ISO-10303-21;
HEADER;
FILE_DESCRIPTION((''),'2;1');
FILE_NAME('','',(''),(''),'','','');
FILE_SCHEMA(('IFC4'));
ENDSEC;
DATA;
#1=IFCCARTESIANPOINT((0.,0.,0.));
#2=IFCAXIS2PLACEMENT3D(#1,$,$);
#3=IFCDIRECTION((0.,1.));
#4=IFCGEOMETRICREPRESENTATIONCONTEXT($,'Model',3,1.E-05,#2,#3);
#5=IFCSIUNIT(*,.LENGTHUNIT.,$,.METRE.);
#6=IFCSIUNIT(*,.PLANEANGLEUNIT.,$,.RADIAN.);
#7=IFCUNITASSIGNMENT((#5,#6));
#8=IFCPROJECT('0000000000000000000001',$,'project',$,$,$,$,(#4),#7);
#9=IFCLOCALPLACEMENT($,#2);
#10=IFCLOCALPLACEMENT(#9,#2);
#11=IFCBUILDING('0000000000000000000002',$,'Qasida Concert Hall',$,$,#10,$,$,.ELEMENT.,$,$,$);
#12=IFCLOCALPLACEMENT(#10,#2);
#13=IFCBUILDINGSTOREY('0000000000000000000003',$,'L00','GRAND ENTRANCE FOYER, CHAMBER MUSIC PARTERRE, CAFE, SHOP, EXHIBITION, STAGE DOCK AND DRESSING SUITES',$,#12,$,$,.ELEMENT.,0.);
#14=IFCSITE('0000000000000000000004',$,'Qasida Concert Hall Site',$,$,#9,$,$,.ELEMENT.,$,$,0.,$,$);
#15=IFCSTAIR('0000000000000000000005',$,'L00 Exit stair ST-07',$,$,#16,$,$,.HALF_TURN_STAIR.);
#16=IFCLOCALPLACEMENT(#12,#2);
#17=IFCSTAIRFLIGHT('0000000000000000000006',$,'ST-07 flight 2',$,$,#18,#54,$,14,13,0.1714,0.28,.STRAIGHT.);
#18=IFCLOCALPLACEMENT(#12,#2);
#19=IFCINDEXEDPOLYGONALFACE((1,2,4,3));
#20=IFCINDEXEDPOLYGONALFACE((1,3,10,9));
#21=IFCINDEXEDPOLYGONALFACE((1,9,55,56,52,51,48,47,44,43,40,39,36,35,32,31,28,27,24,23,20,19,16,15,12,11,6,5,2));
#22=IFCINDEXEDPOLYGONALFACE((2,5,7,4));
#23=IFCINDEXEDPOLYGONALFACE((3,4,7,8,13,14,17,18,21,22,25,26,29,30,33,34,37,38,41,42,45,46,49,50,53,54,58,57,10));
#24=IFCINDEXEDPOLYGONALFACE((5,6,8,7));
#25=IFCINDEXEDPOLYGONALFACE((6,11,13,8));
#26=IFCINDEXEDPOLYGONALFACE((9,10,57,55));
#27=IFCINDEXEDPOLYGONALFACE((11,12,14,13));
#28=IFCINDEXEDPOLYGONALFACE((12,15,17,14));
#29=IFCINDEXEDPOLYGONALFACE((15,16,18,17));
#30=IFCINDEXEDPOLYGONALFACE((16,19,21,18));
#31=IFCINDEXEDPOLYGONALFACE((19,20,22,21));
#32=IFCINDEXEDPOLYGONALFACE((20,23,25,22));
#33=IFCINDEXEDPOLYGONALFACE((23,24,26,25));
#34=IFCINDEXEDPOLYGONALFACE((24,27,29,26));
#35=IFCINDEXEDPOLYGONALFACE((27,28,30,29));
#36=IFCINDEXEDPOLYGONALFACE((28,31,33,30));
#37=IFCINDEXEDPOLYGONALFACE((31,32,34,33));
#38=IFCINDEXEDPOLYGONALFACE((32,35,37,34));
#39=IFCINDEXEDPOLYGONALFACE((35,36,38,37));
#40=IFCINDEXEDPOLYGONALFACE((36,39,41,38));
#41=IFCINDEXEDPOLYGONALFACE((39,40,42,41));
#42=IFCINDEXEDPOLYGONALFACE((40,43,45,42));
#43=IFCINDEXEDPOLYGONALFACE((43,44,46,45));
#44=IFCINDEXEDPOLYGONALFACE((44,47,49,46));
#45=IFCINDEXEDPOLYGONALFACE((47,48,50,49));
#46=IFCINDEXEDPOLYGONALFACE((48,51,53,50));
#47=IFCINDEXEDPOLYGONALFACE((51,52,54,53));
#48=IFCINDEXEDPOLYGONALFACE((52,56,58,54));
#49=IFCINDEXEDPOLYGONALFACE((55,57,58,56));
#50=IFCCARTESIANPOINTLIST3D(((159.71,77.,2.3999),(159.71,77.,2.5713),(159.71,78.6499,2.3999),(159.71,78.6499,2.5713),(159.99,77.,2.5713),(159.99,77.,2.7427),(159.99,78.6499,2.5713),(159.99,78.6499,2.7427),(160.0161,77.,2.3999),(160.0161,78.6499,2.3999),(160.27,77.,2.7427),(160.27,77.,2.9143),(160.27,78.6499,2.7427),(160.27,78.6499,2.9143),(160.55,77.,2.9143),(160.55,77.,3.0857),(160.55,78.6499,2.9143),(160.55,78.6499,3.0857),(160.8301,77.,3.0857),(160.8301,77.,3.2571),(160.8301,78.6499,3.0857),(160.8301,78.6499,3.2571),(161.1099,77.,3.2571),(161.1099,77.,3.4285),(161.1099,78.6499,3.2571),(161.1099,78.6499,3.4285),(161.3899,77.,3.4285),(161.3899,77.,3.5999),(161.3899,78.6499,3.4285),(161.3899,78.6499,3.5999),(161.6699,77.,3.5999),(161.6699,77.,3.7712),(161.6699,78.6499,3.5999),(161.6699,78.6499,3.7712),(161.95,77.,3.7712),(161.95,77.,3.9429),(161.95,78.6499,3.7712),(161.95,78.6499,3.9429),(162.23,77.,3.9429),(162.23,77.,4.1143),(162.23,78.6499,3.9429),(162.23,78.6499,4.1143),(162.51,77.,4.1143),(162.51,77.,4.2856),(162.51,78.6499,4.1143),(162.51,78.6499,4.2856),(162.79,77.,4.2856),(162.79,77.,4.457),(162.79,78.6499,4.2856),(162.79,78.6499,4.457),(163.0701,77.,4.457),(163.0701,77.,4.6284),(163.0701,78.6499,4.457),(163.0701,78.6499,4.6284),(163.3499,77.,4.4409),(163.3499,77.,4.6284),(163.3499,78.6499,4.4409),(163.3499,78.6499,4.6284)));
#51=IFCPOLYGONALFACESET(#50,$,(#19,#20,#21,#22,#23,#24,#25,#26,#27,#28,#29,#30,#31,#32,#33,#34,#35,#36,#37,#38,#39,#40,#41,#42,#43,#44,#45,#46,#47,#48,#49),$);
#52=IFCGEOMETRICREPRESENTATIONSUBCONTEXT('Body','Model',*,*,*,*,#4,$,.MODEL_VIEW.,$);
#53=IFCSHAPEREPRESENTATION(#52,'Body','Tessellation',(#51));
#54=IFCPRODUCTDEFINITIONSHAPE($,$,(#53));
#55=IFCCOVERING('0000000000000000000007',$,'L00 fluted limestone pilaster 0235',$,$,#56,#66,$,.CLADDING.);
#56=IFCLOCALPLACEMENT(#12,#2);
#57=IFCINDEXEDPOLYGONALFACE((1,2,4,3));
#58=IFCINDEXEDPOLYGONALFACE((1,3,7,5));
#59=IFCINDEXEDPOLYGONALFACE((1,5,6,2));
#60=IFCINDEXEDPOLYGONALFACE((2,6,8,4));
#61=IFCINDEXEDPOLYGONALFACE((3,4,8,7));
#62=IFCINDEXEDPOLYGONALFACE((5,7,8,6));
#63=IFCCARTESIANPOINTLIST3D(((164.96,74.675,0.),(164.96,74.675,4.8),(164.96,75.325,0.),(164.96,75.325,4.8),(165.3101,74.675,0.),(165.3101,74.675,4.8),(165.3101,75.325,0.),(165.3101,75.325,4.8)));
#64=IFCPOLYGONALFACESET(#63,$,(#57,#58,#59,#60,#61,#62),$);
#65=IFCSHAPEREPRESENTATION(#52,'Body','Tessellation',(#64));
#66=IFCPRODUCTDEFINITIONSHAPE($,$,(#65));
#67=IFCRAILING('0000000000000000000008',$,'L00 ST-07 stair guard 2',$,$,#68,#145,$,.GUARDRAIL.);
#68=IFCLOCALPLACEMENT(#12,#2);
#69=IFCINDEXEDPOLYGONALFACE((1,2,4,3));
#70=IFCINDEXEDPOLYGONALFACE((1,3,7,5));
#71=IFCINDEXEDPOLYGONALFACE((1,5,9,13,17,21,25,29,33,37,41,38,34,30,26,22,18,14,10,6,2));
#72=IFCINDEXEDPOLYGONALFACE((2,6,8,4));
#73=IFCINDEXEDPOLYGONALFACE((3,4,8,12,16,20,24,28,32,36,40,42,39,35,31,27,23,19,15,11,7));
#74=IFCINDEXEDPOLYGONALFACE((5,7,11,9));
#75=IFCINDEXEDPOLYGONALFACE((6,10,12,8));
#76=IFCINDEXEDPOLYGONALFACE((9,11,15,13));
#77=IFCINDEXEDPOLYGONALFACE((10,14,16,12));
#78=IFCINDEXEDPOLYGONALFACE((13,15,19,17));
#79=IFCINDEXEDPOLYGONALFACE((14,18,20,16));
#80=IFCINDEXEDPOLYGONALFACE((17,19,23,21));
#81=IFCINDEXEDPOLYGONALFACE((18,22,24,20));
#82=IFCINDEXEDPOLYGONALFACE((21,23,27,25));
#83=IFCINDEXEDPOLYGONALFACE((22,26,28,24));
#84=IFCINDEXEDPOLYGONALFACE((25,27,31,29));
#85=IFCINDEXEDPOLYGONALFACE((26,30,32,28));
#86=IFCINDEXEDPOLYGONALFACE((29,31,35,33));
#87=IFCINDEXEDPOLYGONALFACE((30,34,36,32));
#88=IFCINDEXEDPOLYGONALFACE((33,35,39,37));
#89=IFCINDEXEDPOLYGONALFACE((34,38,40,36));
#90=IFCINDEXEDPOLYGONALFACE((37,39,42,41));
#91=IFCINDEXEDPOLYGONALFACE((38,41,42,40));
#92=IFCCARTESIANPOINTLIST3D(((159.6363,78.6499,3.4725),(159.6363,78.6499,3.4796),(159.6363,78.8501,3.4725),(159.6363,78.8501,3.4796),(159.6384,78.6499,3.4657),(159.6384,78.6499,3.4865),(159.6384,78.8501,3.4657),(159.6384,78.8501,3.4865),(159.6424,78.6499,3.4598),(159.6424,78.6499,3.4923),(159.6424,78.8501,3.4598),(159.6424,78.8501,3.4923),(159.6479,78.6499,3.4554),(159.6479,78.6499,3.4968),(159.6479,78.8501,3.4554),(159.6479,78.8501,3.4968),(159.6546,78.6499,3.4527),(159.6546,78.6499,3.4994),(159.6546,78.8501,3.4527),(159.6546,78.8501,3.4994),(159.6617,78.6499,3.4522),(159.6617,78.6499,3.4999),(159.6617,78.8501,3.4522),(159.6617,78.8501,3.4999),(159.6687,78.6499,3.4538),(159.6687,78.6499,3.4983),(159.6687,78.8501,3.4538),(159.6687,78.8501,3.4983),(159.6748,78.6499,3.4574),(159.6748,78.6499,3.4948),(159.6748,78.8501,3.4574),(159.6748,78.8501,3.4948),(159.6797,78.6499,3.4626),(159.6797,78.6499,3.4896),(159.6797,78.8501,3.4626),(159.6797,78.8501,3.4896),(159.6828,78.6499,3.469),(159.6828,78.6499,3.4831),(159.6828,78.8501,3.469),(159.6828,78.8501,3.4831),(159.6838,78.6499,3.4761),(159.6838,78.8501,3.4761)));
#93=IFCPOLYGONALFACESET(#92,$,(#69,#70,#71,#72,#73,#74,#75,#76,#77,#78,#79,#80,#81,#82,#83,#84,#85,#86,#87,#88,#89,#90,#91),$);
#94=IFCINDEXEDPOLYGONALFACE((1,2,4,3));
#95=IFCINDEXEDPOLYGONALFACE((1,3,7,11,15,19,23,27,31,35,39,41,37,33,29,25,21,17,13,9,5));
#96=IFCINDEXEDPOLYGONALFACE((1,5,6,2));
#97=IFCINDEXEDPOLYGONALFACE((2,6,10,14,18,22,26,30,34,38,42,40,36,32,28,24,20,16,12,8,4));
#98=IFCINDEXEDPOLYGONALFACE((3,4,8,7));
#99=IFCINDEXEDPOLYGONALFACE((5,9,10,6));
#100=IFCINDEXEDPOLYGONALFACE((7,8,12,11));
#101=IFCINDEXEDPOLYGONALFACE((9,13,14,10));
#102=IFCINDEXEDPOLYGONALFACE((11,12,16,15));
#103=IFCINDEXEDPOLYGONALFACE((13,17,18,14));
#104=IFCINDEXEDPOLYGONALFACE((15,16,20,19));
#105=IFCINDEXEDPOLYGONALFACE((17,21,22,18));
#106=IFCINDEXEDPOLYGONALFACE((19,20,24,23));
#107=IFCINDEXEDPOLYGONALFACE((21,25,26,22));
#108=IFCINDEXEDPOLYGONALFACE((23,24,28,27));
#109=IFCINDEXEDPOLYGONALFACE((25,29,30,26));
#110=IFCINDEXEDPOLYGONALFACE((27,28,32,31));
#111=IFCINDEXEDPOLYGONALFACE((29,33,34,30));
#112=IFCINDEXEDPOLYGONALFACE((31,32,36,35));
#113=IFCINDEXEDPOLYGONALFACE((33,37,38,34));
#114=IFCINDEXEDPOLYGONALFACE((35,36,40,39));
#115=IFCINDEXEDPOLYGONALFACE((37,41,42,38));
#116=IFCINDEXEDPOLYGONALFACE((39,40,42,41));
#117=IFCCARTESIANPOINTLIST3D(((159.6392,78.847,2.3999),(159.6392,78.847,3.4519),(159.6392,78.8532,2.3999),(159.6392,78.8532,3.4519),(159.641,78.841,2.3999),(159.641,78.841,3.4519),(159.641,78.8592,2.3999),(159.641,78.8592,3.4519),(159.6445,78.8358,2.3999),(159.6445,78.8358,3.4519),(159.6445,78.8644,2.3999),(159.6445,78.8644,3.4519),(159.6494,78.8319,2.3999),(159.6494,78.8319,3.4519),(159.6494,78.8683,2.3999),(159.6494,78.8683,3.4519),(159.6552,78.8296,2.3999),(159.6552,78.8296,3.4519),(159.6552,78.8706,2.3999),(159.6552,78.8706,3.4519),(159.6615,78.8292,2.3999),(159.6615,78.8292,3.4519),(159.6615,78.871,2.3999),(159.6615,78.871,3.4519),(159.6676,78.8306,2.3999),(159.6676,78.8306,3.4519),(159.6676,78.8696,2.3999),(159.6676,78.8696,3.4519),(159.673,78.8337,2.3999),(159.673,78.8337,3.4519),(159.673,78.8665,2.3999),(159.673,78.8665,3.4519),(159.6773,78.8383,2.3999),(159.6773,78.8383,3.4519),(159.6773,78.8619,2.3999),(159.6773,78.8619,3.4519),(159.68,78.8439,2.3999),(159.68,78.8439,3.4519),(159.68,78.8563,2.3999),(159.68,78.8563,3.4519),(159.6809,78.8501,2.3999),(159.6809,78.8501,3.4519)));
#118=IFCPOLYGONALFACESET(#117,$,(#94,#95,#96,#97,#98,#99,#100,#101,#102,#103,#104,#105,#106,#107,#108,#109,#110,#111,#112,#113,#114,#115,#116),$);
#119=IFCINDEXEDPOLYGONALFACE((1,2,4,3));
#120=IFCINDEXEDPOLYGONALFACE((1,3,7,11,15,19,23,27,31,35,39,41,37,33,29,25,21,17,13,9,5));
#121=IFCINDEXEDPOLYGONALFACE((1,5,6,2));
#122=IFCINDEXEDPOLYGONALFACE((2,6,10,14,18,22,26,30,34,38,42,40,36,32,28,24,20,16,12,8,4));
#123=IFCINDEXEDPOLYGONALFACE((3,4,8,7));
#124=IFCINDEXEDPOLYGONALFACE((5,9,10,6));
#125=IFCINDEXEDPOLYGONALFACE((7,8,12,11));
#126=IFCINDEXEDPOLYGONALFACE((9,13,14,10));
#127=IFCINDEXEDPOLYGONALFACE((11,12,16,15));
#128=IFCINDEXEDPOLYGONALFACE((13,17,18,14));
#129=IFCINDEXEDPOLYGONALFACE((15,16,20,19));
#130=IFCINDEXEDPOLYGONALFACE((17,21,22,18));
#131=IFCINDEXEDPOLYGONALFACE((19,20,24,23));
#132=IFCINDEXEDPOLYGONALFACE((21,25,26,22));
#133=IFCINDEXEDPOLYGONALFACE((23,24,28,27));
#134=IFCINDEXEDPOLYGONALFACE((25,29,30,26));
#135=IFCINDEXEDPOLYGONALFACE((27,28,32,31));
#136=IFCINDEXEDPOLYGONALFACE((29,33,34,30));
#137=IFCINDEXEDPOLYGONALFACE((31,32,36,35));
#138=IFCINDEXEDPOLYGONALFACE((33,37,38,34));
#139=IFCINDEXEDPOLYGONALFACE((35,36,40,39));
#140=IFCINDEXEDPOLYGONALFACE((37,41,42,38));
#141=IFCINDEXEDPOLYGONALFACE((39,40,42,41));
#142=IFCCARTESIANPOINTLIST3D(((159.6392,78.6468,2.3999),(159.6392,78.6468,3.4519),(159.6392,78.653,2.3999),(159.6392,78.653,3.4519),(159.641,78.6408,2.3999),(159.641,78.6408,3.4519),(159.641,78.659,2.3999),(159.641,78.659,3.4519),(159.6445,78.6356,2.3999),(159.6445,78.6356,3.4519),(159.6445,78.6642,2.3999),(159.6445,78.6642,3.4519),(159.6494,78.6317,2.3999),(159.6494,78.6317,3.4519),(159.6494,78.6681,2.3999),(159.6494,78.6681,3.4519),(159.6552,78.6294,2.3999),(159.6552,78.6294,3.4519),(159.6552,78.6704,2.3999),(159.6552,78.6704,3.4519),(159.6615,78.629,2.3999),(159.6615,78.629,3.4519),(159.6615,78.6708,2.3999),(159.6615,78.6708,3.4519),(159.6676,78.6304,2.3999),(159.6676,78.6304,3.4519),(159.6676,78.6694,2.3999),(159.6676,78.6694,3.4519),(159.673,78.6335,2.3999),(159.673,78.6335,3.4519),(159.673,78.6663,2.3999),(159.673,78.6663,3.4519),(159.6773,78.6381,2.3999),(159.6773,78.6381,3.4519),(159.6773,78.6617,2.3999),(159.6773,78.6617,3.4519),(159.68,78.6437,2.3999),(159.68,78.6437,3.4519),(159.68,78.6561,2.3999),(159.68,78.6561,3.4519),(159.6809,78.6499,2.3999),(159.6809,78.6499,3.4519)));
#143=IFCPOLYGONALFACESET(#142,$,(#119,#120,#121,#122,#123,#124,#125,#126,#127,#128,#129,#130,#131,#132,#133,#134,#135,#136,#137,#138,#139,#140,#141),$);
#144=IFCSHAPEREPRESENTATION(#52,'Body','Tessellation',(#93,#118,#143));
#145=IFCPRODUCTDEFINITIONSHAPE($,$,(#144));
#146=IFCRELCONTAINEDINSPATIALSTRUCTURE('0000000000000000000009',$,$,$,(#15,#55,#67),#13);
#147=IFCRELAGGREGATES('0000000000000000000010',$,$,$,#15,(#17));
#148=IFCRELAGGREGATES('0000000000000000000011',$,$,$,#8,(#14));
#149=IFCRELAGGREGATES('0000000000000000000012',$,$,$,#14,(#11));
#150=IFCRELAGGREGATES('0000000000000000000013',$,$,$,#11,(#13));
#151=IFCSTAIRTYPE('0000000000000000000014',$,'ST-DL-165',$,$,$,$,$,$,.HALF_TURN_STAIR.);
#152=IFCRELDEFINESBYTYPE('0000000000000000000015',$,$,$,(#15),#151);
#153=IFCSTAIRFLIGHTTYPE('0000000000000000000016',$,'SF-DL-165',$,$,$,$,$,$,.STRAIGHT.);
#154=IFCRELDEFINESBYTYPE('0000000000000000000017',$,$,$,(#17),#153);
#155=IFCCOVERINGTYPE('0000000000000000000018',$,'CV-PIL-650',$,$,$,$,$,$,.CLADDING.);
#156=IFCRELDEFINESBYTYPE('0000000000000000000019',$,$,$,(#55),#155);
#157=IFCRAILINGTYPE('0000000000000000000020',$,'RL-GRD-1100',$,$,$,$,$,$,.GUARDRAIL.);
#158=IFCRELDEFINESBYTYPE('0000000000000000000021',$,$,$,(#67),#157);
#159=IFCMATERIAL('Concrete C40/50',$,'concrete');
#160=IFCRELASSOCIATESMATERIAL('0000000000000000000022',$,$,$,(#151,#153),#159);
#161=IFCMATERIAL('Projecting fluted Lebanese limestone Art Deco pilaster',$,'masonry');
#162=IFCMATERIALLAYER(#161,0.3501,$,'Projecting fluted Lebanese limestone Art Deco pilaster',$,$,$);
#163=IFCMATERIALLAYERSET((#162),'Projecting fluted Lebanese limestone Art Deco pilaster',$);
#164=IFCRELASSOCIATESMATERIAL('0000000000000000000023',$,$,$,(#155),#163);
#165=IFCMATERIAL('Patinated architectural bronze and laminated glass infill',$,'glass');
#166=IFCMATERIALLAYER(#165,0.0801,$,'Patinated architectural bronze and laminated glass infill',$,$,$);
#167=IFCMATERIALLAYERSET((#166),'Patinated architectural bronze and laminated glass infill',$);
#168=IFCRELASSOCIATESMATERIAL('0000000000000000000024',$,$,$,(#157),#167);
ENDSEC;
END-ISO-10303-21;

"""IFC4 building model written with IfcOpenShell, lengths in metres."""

from ifc_helpers import new_model, si_unit, direction, frame, origin, origin_2d, place, context, subcontext, project, spatial, polyline, rectangle, circle, outline, extrude, material, layer, layer_set, type_object, element, aggregate, save


model = new_model("IFC4")

# Units and contexts
model_context = context("Model", 3, precision=1e-05, world=origin(), true_north=direction((0.0, 1.0)))
body_context = subcontext(model_context, "Body", "Model", "MODEL_VIEW")
ifc_project = project(units=[si_unit("LENGTHUNIT", "METRE"), si_unit("PLANEANGLEUNIT", "RADIAN")], contexts=[model_context])

# Site, building, storey
site_placement = place(None, origin())
site = spatial("IfcSite", under=ifc_project, at=site_placement, Name="Qasida Concert Hall Site", CompositionType="ELEMENT", RefElevation=0.0)
building_placement = place(site_placement, origin())
building = spatial("IfcBuilding", under=site, at=building_placement, Name="Qasida Concert Hall", CompositionType="ELEMENT")
storey_placement = place(building_placement, origin())
storey = spatial("IfcBuildingStorey", under=building, at=storey_placement, Name="L00", Description="GRAND ENTRANCE FOYER, CHAMBER MUSIC PARTERRE, CAFE, SHOP, EXHIBITION, STAGE DOCK AND DRESSING SUITES", CompositionType="ELEMENT", Elevation=0.0)

# Shared definitions
ifc_material_1 = material(Name="Concrete C40/50", Category="concrete")

# Stair, stair flight
stair_type = type_object("IfcStairType", Name="ST-DL-165", PredefinedType="HALF_TURN_STAIR", material=ifc_material_1)
stair_placement = place(storey_placement, origin())
stair = element("IfcStair", 1, at=stair_placement, inside=storey, type_object=stair_type, Name="L00 Exit stair ST-07", PredefinedType="HALF_TURN_STAIR")
stair_flight_type = type_object("IfcStairFlightType", Name="SF-DL-165", PredefinedType="STRAIGHT", material=ifc_material_1)
stair_flight_placement = place(storey_placement, frame((159.71, 77.825, 2.3999), z_axis=(0.0, 0.0, 1.0), x_axis=(1.0, 0.0, 0.0)))
stair_flight = element("IfcStairFlight", 2, at=stair_flight_placement, type_object=stair_flight_type, Name="ST-07 flight 2", NumberOfRisers=14, NumberOfTreads=13, PredefinedType="STRAIGHT", RiserHeight=0.1714, TreadLength=0.28, context=body_context, shape_type="SweptSolid", body=[
    extrude(outline(polyline([(0.0, 0.0), (0.0, 0.1714), (0.28, 0.1714), (0.28, 0.3428), (0.5601, 0.3428), (0.5601, 0.5144), (0.8401, 0.5144), (0.8401, 0.6858), (1.1201, 0.6858), (1.1201, 0.8572), (1.3999, 0.8572), (1.3999, 1.0286), (1.6799, 1.0286), (1.6799, 1.2), (1.96, 1.2), (1.96, 1.3713), (2.24, 1.3713), (2.24, 1.543), (2.52, 1.543), (2.52, 1.7144), (2.8, 1.7144), (2.8, 1.8857), (3.0801, 1.8857), (3.0801, 2.0571), (3.3601, 2.0571), (3.3601, 2.2285), (3.6399, 2.2285), (3.6399, 2.3999), (3.6399, 2.041), (0.3062, 0.0), (0.0, 0.0)])), frame((0.0, 0.825, 0.0), z_axis=(0.0, -1.0, 0.0), x_axis=(1.0, 0.0, 0.0)), (0.0, 0.0, 1.0), 1.6499),
])
aggregate(stair, [stair_flight])

# Covering
ifc_material_2 = material(Name="Projecting fluted Lebanese limestone Art Deco pilaster", Category="masonry")
ifc_layer_1 = layer(ifc_material_2, 0.3501, Name="Projecting fluted Lebanese limestone Art Deco pilaster")
ifc_layer_set_1 = layer_set([ifc_layer_1], Name="Projecting fluted Lebanese limestone Art Deco pilaster")
covering_type = type_object("IfcCoveringType", Name="CV-PIL-650", PredefinedType="CLADDING", material=ifc_layer_set_1)
covering_placement = place(storey_placement, frame((165.135, 75.0, 0.0), z_axis=(0.0, 0.0, 1.0), x_axis=(1.0, 0.0, 0.0)))
element("IfcCovering", 3, at=covering_placement, inside=storey, type_object=covering_type, Name="L00 fluted limestone pilaster 0235", PredefinedType="CLADDING", context=body_context, shape_type="SweptSolid", body=[
    extrude(rectangle(XDim=0.3501, YDim=0.6499, at=origin_2d()), origin(), (0.0, 0.0, 1.0), 4.8),
])

# Railing
ifc_material_3 = material(Name="Patinated architectural bronze and laminated glass infill", Category="glass")
ifc_layer_2 = layer(ifc_material_3, 0.0801, Name="Patinated architectural bronze and laminated glass infill")
ifc_layer_set_2 = layer_set([ifc_layer_2], Name="Patinated architectural bronze and laminated glass infill")
railing_type_1 = type_object("IfcRailingType", Name="RL-GRD-1100", PredefinedType="GUARDRAIL", material=ifc_layer_set_2)
railing_1_placement = place(storey_placement, frame((159.6599, 78.8501, 2.3999)))
element("IfcRailing", 4, at=railing_1_placement, inside=storey, type_object=railing_type_1, Name="L00 ST-07 stair guard 2", PredefinedType="GUARDRAIL", context=body_context, shape_type="SweptSolid", body=[
    extrude(circle(Radius=0.0239, at=origin_2d()), frame((0.0, 0.0, 1.0762), z_axis=(0.0, -1.0, 0.0), x_axis=(1.0, 0.0, 0.0)), (0.0, 0.0, 1.0), 0.2002),
    extrude(circle(Radius=0.021, at=origin_2d()), origin(), (0.0, 0.0, 1.0), 1.052),
    extrude(circle(Radius=0.021, at=origin_2d()), frame((0.0, -0.2002, 0.0)), (0.0, 0.0, 1.0), 1.052),
])

save(model, "model.ifc")
